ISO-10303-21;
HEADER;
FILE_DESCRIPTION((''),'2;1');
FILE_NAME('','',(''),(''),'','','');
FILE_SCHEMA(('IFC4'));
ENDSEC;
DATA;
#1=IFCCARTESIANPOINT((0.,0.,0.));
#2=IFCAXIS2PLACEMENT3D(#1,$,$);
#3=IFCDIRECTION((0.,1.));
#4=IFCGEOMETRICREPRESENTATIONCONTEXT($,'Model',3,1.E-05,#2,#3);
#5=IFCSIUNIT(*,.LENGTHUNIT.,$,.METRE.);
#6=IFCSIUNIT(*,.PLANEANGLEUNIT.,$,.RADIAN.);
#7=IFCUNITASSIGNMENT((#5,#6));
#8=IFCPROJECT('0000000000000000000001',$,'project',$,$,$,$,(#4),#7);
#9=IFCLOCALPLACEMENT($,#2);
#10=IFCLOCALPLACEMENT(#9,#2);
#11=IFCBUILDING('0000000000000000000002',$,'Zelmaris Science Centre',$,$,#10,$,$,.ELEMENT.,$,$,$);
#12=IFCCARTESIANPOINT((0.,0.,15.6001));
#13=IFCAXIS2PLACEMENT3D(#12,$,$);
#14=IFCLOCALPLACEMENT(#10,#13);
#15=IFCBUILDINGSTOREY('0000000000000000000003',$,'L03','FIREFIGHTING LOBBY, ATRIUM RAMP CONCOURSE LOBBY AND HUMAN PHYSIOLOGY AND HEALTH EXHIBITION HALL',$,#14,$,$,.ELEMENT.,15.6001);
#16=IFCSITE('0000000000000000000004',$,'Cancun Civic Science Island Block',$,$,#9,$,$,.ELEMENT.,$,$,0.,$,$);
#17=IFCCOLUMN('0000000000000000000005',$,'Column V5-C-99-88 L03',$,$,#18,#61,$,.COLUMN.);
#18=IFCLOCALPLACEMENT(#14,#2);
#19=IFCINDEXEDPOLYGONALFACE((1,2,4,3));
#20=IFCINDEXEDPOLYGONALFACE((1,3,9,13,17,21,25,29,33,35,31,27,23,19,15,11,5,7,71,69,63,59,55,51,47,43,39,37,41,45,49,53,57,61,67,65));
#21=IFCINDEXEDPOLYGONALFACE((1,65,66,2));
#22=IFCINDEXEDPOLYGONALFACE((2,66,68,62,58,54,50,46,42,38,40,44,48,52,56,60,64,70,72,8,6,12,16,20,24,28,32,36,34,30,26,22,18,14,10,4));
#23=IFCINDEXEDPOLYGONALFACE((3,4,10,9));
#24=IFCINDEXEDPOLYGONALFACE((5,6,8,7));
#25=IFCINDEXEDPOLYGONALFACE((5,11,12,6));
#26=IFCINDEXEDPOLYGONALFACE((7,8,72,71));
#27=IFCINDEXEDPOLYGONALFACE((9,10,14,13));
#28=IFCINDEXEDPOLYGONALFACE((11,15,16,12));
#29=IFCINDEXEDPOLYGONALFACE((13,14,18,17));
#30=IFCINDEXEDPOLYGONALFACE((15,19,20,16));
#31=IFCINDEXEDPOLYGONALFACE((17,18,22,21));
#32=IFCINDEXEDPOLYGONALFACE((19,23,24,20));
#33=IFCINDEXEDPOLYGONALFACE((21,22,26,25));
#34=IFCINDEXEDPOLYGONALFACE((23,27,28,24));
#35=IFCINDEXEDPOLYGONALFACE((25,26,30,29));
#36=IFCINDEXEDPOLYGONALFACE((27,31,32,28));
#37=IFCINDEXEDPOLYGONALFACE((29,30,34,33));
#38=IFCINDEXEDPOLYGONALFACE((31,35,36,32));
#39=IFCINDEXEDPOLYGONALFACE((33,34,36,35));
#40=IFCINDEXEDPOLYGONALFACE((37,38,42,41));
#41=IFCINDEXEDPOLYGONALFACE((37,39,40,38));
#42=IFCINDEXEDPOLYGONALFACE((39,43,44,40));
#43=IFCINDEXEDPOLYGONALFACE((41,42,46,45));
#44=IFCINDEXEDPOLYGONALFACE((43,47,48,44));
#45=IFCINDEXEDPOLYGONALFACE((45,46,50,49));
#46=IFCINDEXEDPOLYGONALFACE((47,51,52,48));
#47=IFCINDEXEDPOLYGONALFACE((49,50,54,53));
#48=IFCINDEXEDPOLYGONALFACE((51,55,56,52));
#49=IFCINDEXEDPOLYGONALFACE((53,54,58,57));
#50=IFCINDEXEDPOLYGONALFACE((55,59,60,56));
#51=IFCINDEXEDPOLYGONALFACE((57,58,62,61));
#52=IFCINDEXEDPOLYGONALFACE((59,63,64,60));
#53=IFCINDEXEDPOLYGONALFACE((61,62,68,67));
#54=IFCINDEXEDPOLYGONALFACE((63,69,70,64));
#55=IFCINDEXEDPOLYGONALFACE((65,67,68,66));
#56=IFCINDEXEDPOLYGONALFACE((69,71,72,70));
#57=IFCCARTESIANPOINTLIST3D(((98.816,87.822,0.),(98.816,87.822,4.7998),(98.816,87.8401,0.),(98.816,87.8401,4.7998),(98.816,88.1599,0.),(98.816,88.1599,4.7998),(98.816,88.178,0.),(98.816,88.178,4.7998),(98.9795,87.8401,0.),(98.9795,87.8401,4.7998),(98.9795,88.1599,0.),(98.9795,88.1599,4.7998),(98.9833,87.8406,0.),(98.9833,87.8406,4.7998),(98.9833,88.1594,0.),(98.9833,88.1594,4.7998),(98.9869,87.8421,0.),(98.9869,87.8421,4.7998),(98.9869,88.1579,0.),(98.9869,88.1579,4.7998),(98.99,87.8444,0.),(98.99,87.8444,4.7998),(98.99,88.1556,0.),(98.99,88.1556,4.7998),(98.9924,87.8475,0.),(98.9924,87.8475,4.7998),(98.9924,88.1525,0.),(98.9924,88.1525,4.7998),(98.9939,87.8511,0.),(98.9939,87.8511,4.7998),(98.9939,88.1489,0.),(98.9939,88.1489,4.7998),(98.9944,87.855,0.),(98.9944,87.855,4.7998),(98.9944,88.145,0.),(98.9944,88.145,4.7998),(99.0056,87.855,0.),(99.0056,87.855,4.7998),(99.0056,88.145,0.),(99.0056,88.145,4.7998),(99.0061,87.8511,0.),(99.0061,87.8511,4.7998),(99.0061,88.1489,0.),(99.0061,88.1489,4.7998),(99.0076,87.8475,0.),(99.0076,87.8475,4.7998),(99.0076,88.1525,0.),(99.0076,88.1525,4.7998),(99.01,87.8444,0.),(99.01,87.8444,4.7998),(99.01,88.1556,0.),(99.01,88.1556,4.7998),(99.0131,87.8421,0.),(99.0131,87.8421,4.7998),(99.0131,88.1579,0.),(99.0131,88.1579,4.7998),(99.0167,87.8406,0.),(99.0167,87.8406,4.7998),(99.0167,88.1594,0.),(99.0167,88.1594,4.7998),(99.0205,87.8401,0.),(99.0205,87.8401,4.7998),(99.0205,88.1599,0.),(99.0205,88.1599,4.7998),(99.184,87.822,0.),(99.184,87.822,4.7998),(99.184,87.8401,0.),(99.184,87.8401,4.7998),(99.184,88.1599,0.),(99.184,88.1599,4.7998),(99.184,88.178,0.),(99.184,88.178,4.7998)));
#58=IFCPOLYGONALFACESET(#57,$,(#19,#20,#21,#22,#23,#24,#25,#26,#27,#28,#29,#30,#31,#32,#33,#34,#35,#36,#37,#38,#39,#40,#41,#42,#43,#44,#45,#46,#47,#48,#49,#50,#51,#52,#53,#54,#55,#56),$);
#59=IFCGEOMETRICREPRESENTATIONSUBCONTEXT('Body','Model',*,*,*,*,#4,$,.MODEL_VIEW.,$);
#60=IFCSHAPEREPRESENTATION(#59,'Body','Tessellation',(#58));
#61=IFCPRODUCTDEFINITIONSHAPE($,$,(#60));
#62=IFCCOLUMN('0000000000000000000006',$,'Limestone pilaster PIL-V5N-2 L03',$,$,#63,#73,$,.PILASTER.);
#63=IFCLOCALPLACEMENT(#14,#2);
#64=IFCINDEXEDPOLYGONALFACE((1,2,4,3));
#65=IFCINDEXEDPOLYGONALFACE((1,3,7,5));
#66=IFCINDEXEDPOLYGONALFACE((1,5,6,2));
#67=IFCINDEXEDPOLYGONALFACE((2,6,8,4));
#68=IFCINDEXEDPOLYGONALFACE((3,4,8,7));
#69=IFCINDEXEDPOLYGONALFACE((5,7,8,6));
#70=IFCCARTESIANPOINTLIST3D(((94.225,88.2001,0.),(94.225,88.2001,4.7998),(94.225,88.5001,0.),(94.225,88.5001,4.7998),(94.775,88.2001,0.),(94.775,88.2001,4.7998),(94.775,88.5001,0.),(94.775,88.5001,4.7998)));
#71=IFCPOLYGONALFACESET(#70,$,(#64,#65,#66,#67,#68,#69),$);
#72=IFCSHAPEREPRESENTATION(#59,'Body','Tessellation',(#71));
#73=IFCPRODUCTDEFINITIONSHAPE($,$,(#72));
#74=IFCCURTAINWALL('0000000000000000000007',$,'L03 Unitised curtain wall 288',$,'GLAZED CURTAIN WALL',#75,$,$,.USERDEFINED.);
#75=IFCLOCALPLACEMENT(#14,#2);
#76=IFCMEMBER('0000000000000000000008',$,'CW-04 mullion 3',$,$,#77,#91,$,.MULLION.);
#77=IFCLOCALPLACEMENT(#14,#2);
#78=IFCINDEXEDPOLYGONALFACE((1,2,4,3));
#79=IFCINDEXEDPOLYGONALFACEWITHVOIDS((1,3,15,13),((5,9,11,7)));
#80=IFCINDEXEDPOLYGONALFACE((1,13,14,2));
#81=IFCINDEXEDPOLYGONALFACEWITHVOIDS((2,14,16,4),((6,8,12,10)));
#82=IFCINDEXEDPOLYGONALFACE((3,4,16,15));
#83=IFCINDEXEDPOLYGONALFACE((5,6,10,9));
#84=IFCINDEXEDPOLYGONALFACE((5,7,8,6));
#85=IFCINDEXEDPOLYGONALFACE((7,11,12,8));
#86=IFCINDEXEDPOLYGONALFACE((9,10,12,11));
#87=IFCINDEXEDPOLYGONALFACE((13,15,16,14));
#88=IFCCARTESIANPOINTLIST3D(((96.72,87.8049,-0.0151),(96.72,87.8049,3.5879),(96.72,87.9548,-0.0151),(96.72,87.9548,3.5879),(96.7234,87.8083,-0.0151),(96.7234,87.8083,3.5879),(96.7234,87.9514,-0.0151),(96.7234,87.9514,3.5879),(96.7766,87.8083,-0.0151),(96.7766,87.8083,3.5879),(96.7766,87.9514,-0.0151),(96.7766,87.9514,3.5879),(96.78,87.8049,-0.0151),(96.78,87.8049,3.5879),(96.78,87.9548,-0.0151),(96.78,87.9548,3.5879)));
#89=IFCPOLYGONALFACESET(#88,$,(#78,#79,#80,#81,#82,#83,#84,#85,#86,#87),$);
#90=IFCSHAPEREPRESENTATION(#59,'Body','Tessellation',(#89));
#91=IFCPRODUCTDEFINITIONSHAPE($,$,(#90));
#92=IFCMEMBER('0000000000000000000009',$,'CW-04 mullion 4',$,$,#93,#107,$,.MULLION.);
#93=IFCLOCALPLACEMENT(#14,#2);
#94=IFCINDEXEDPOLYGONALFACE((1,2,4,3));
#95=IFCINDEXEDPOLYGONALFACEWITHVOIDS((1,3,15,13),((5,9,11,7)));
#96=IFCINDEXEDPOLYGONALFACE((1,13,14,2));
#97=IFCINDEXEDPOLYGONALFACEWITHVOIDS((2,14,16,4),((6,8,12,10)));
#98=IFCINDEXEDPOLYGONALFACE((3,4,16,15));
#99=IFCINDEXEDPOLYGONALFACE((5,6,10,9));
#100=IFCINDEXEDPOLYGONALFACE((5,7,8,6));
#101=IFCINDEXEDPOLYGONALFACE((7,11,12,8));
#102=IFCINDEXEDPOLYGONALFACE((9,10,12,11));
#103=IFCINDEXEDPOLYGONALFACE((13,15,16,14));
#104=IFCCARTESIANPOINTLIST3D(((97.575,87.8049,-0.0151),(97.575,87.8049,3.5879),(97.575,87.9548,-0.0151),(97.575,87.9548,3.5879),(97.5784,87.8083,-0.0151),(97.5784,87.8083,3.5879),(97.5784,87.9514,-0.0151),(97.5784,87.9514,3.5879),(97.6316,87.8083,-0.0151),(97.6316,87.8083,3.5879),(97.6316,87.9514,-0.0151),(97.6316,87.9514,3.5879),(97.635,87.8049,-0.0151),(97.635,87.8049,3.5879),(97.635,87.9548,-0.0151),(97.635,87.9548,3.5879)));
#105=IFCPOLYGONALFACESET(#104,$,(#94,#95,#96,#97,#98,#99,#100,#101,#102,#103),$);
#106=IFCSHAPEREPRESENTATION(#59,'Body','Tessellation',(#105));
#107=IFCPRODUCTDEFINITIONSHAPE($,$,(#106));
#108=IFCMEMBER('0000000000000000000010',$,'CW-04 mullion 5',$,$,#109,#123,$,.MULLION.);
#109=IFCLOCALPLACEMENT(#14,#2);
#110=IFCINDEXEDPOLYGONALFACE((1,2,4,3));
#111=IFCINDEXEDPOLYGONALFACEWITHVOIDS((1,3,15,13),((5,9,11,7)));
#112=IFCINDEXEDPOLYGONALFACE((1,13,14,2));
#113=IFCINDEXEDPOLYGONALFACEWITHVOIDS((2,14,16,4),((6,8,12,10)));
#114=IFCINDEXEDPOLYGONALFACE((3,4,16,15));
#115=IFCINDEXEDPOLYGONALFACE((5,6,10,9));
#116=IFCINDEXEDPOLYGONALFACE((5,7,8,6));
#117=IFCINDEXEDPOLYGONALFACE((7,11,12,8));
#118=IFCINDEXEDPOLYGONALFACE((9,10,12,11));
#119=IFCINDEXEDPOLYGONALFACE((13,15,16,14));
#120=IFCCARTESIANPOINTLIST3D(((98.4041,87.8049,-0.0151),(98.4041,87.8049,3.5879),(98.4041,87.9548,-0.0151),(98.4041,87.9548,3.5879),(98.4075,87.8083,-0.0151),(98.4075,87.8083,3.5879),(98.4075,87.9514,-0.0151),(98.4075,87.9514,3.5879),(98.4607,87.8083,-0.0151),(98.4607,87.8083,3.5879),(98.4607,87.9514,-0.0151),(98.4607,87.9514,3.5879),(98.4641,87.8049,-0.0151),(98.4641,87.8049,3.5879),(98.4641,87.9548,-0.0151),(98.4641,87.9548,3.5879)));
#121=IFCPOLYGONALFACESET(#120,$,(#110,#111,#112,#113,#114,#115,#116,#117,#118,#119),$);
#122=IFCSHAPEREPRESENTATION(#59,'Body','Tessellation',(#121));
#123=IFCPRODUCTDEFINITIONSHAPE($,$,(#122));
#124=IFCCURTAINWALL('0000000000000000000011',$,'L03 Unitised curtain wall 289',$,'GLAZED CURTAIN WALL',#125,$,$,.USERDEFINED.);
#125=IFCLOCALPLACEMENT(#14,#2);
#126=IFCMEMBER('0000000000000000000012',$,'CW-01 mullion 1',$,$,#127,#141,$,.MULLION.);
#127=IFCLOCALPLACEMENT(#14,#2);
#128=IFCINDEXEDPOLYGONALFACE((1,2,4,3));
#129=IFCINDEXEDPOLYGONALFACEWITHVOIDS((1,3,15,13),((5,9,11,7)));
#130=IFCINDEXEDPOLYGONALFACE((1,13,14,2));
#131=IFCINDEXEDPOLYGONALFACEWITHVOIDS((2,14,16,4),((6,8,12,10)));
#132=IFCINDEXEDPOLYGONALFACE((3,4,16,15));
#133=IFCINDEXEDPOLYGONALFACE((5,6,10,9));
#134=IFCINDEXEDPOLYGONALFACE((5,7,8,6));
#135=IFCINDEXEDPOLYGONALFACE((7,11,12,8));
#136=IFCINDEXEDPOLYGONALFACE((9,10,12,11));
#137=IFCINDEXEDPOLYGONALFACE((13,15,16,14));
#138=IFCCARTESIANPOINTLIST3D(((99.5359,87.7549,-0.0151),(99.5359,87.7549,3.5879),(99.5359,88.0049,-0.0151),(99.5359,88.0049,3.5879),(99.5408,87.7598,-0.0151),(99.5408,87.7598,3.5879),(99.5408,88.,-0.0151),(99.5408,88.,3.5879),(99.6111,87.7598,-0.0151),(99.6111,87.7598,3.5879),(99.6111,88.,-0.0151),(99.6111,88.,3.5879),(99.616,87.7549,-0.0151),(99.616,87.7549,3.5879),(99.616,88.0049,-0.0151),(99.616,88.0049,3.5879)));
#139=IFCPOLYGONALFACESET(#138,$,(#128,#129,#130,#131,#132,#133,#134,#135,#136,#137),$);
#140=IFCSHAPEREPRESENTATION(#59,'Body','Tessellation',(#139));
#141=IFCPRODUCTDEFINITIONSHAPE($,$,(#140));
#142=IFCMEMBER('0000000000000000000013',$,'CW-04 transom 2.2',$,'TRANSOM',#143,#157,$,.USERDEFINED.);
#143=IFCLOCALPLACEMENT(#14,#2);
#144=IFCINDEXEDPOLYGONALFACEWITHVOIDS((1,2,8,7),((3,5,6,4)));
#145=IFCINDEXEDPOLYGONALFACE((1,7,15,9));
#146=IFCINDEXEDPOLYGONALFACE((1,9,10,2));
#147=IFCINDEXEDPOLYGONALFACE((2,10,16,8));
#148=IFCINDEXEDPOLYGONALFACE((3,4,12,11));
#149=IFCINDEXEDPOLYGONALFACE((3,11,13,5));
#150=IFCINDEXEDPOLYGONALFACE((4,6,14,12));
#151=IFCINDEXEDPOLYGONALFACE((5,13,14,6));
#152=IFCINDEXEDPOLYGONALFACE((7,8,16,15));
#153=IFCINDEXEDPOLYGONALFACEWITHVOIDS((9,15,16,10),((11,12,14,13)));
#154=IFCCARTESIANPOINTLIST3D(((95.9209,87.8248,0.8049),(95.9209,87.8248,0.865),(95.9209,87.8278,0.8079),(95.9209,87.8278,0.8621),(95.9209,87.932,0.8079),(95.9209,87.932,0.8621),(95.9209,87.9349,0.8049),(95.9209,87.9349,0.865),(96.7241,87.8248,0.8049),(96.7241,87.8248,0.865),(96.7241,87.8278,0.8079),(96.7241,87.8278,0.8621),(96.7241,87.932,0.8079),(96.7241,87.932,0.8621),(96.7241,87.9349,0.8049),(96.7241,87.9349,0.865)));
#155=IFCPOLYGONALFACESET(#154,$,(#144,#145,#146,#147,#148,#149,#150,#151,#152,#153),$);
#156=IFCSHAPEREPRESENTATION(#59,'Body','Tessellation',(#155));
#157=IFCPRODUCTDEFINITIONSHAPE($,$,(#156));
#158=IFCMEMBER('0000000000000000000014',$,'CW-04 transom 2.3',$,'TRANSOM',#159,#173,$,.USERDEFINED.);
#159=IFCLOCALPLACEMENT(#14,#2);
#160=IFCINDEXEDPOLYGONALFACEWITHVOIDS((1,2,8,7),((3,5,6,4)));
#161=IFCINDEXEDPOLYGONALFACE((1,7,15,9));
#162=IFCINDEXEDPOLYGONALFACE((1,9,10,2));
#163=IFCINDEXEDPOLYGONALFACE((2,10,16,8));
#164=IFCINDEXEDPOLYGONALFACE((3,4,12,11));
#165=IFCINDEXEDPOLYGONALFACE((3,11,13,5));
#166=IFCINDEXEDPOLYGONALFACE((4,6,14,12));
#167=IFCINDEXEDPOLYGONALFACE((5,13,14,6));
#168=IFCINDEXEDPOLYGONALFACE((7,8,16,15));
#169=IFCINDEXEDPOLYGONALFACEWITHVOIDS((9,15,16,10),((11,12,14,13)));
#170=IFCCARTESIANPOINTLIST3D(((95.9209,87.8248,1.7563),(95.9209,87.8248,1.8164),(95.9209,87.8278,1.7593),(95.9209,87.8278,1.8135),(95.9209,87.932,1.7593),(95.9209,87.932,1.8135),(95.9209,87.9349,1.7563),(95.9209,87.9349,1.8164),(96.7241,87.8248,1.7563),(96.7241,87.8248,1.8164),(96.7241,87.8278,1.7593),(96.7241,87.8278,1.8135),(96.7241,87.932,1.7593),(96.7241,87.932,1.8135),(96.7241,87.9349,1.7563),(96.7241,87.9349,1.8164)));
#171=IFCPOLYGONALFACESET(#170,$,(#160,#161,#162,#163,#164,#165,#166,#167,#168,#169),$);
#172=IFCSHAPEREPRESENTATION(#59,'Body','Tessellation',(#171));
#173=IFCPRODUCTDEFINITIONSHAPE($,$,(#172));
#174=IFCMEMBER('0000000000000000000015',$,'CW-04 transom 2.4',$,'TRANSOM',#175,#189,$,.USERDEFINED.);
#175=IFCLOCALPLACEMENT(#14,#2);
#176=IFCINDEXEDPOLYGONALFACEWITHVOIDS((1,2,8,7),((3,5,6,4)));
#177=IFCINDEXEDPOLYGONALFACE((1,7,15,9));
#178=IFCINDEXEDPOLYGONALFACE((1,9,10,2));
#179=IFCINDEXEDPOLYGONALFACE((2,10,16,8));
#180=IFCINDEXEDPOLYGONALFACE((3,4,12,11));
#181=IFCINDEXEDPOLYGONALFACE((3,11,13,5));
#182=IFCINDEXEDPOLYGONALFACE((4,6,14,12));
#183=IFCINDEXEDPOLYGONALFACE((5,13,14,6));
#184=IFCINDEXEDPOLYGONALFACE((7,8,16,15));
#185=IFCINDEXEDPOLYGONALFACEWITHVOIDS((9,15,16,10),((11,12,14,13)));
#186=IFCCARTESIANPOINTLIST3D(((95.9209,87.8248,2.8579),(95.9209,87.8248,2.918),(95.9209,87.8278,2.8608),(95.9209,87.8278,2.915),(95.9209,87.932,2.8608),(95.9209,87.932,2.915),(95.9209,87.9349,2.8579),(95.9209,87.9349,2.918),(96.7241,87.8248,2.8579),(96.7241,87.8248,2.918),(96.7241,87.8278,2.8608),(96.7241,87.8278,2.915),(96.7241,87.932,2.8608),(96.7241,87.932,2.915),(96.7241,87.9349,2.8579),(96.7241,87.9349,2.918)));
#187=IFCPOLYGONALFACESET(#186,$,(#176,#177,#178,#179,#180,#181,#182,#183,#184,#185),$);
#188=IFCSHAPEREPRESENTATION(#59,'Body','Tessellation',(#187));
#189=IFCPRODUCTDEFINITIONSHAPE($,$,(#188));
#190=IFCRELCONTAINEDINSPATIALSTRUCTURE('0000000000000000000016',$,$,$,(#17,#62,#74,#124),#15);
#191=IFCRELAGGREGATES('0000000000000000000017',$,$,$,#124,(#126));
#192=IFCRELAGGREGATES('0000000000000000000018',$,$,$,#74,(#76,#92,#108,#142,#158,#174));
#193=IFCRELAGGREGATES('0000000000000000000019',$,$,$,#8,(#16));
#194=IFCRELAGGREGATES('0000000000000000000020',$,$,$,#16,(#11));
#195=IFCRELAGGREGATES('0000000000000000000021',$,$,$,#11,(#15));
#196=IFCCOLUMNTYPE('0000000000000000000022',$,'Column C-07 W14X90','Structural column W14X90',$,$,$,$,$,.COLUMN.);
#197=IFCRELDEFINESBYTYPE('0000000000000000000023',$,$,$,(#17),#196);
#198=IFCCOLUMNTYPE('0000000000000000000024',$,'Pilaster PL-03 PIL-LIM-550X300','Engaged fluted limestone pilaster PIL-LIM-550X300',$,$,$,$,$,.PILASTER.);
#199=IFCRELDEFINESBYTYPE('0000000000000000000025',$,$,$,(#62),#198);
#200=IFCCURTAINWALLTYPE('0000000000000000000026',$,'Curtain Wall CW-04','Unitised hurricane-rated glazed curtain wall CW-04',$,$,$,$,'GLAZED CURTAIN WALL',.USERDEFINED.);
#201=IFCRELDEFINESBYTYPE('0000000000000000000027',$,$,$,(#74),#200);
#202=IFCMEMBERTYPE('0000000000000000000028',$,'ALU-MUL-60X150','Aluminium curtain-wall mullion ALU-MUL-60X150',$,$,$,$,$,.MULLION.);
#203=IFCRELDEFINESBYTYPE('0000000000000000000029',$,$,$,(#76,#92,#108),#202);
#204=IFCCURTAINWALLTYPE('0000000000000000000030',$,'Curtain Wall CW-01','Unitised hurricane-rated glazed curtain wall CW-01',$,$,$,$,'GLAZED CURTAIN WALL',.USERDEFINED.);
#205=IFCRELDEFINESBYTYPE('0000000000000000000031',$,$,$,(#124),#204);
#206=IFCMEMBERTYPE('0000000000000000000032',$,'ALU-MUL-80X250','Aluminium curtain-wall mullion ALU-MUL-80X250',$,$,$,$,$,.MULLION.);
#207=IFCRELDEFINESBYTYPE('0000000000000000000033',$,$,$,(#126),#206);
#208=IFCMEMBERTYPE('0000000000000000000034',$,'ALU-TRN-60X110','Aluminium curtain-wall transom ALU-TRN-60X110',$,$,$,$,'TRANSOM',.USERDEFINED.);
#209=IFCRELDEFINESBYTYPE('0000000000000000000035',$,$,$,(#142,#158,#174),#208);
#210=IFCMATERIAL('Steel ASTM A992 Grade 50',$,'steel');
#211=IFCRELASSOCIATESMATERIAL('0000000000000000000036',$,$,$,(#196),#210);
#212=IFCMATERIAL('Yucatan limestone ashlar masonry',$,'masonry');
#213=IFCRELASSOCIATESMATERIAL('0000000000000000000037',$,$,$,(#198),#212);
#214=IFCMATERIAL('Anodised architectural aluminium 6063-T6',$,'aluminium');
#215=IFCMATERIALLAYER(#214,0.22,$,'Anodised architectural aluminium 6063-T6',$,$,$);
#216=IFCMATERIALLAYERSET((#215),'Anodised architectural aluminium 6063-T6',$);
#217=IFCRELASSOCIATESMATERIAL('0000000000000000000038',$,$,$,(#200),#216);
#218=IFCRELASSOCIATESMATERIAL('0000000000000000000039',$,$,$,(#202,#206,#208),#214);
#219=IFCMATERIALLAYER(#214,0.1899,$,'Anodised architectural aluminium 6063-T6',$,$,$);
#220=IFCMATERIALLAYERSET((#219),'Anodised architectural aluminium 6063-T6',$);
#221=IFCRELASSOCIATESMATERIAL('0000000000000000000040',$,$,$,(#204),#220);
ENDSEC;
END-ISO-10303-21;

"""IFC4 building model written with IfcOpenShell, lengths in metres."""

from ifc_helpers import new_model, si_unit, direction, frame, origin, origin_2d, place, context, subcontext, project, spatial, rectangle, hollow_rectangle, i_section, extrude, material, layer, layer_set, material_profile, profile_set, type_object, element, aggregate, save


model = new_model("IFC4")

# Units and contexts
model_context = context("Model", 3, precision=1e-05, world=origin(), true_north=direction((0.0, 1.0)))
body_context = subcontext(model_context, "Body", "Model", "MODEL_VIEW")
ifc_project = project(units=[si_unit("LENGTHUNIT", "METRE"), si_unit("PLANEANGLEUNIT", "RADIAN")], contexts=[model_context])

# Site, building, storey
site_placement = place(None, origin())
site = spatial("IfcSite", under=ifc_project, at=site_placement, Name="Cancun Civic Science Island Block", CompositionType="ELEMENT", RefElevation=0.0)
building_placement = place(site_placement, origin())
building = spatial("IfcBuilding", under=site, at=building_placement, Name="Zelmaris Science Centre", CompositionType="ELEMENT")
storey_placement = place(building_placement, frame((0.0, 0.0, 15.6001)))
storey = spatial("IfcBuildingStorey", under=building, at=storey_placement, Name="L03", Description="FIREFIGHTING LOBBY, ATRIUM RAMP CONCOURSE LOBBY AND HUMAN PHYSIOLOGY AND HEALTH EXHIBITION HALL", CompositionType="ELEMENT", Elevation=15.6001)

# Columns
ifc_material_1 = material(Name="Steel ASTM A992 Grade 50", Category="steel")
ifc_material_profile_1 = material_profile(ifc_material_1, i_section(OverallWidth=0.3679, OverallDepth=0.356, WebThickness=0.0112, FlangeThickness=0.0181, FilletRadius=0.0149, at=origin_2d()), Name="W14X90")
ifc_profile_set_1 = profile_set([ifc_material_profile_1], Name="Steel ASTM A992 Grade 50")
column_type_1 = type_object("IfcColumnType", Name="Column C-07 W14X90", Description="Structural column W14X90", PredefinedType="COLUMN", material=ifc_profile_set_1)
column_1_placement = place(storey_placement, frame((99.0, 88.0, 0.0), z_axis=(0.0, 0.0, 1.0), x_axis=(1.0, 0.0, 0.0)))
element("IfcColumn", 1, at=column_1_placement, inside=storey, type_object=column_type_1, Name="Column V5-C-99-88 L03", PredefinedType="COLUMN", context=body_context, shape_type="SweptSolid", body=[
    extrude(i_section(OverallWidth=0.3679, OverallDepth=0.356, WebThickness=0.0112, FlangeThickness=0.0181, FilletRadius=0.0149, at=origin_2d()), origin(), (0.0, 0.0, 1.0), 4.7998),
])
ifc_material_2 = material(Name="Yucatan limestone ashlar masonry", Category="masonry")
ifc_material_profile_2 = material_profile(ifc_material_2, rectangle(XDim=0.55, YDim=0.3, at=origin_2d()), Name="PIL-LIM-550X300")
ifc_profile_set_2 = profile_set([ifc_material_profile_2], Name="Yucatan limestone ashlar masonry")
column_type_2 = type_object("IfcColumnType", Name="Pilaster PL-03 PIL-LIM-550X300", Description="Engaged fluted limestone pilaster PIL-LIM-550X300", PredefinedType="PILASTER", material=ifc_profile_set_2)
column_2_placement = place(storey_placement, frame((94.5, 88.3501, 0.0), z_axis=(0.0, 0.0, 1.0), x_axis=(1.0, 0.0, 0.0)))
element("IfcColumn", 2, at=column_2_placement, inside=storey, type_object=column_type_2, Name="Limestone pilaster PIL-V5N-2 L03", PredefinedType="PILASTER", context=body_context, shape_type="SweptSolid", body=[
    extrude(rectangle(XDim=0.55, YDim=0.3, at=origin_2d()), origin(), (0.0, 0.0, 1.0), 4.7998),
])

# Curtain wall, members
ifc_material_3 = material(Name="Anodised architectural aluminium 6063-T6", Category="aluminium")
ifc_layer_1 = layer(ifc_material_3, 0.22, Name="Anodised architectural aluminium 6063-T6")
ifc_layer_set_1 = layer_set([ifc_layer_1], Name="Anodised architectural aluminium 6063-T6")
curtain_wall_type_1 = type_object("IfcCurtainWallType", Name="Curtain Wall CW-04", Description="Unitised hurricane-rated glazed curtain wall CW-04", ElementType="GLAZED CURTAIN WALL", PredefinedType="USERDEFINED", material=ifc_layer_set_1)
curtain_wall_1_placement = place(storey_placement, origin())
curtain_wall_1 = element("IfcCurtainWall", 3, at=curtain_wall_1_placement, inside=storey, type_object=curtain_wall_type_1, Name="L03 Unitised curtain wall 288", ObjectType="GLAZED CURTAIN WALL", PredefinedType="USERDEFINED")
ifc_material_profile_3 = material_profile(ifc_material_3, hollow_rectangle(XDim=0.0601, YDim=0.1499, WallThickness=0.0034, at=origin_2d()), Name="ALU-MUL-60X150")
ifc_profile_set_3 = profile_set([ifc_material_profile_3], Name="Anodised architectural aluminium 6063-T6")
member_type_1 = type_object("IfcMemberType", Name="ALU-MUL-60X150", Description="Aluminium curtain-wall mullion ALU-MUL-60X150", PredefinedType="MULLION", material=ifc_profile_set_3)
member_1_placement = place(storey_placement, frame((96.75, 87.8799, -0.0151), z_axis=(0.0, 0.0, 1.0), x_axis=(1.0, 0.0, 0.0)))
member_1 = element("IfcMember", 4, at=member_1_placement, type_object=member_type_1, Name="CW-04 mullion 3", PredefinedType="MULLION", context=body_context, shape_type="SweptSolid", body=[
    extrude(hollow_rectangle(XDim=0.0601, YDim=0.1499, WallThickness=0.0034, at=origin_2d()), origin(), (0.0, 0.0, 1.0), 3.603),
])
member_2_placement = place(storey_placement, frame((97.605, 87.8799, -0.0151), z_axis=(0.0, 0.0, 1.0), x_axis=(1.0, 0.0, 0.0)))
member_2 = element("IfcMember", 5, at=member_2_placement, type_object=member_type_1, Name="CW-04 mullion 4", PredefinedType="MULLION", context=body_context, shape_type="SweptSolid", body=[
    extrude(hollow_rectangle(XDim=0.0601, YDim=0.1499, WallThickness=0.0034, at=origin_2d()), origin(), (0.0, 0.0, 1.0), 3.603),
])
member_3_placement = place(storey_placement, frame((98.4341, 87.8799, -0.0151), z_axis=(0.0, 0.0, 1.0), x_axis=(1.0, 0.0, 0.0)))
member_3 = element("IfcMember", 6, at=member_3_placement, type_object=member_type_1, Name="CW-04 mullion 5", PredefinedType="MULLION", context=body_context, shape_type="SweptSolid", body=[
    extrude(hollow_rectangle(XDim=0.0601, YDim=0.1499, WallThickness=0.0034, at=origin_2d()), origin(), (0.0, 0.0, 1.0), 3.603),
])

# Curtain wall, member
ifc_layer_2 = layer(ifc_material_3, 0.1899, Name="Anodised architectural aluminium 6063-T6")
ifc_layer_set_2 = layer_set([ifc_layer_2], Name="Anodised architectural aluminium 6063-T6")
curtain_wall_type_2 = type_object("IfcCurtainWallType", Name="Curtain Wall CW-01", Description="Unitised hurricane-rated glazed curtain wall CW-01", ElementType="GLAZED CURTAIN WALL", PredefinedType="USERDEFINED", material=ifc_layer_set_2)
curtain_wall_2_placement = place(storey_placement, origin())
curtain_wall_2 = element("IfcCurtainWall", 7, at=curtain_wall_2_placement, inside=storey, type_object=curtain_wall_type_2, Name="L03 Unitised curtain wall 289", ObjectType="GLAZED CURTAIN WALL", PredefinedType="USERDEFINED")
ifc_material_profile_4 = material_profile(ifc_material_3, hollow_rectangle(XDim=0.0801, YDim=0.25, WallThickness=0.0049, at=origin_2d()), Name="ALU-MUL-80X250")
ifc_profile_set_4 = profile_set([ifc_material_profile_4], Name="Anodised architectural aluminium 6063-T6")
member_type_2 = type_object("IfcMemberType", Name="ALU-MUL-80X250", Description="Aluminium curtain-wall mullion ALU-MUL-80X250", PredefinedType="MULLION", material=ifc_profile_set_4)
member_4_placement = place(storey_placement, frame((99.5759, 87.8799, -0.0151), z_axis=(0.0, 0.0, 1.0), x_axis=(1.0, 0.0, 0.0)))
member_4 = element("IfcMember", 8, at=member_4_placement, type_object=member_type_2, Name="CW-01 mullion 1", PredefinedType="MULLION", context=body_context, shape_type="SweptSolid", body=[
    extrude(hollow_rectangle(XDim=0.0801, YDim=0.25, WallThickness=0.0049, at=origin_2d()), origin(), (0.0, 0.0, 1.0), 3.603),
])

# Members
ifc_material_profile_5 = material_profile(ifc_material_3, hollow_rectangle(XDim=0.0601, YDim=0.1101, WallThickness=0.0029, at=origin_2d()), Name="ALU-TRN-60X110")
ifc_profile_set_5 = profile_set([ifc_material_profile_5], Name="Anodised architectural aluminium 6063-T6")
member_type_3 = type_object("IfcMemberType", Name="ALU-TRN-60X110", Description="Aluminium curtain-wall transom ALU-TRN-60X110", ElementType="TRANSOM", PredefinedType="USERDEFINED", material=ifc_profile_set_5)
member_5_placement = place(storey_placement, frame((95.9209, 87.8799, 0.835), z_axis=(1.0, 0.0, 0.0), x_axis=(0.0, 0.0, 1.0)))
member_5 = element("IfcMember", 9, at=member_5_placement, type_object=member_type_3, Name="CW-04 transom 2.2", ObjectType="TRANSOM", PredefinedType="USERDEFINED", context=body_context, shape_type="SweptSolid", body=[
    extrude(hollow_rectangle(XDim=0.0601, YDim=0.1101, WallThickness=0.0029, at=origin_2d()), origin(), (0.0, 0.0, 1.0), 0.8032),
])
member_6_placement = place(storey_placement, frame((95.9209, 87.8799, 1.7864), z_axis=(1.0, 0.0, 0.0), x_axis=(0.0, 0.0, 1.0)))
member_6 = element("IfcMember", 10, at=member_6_placement, type_object=member_type_3, Name="CW-04 transom 2.3", ObjectType="TRANSOM", PredefinedType="USERDEFINED", context=body_context, shape_type="SweptSolid", body=[
    extrude(hollow_rectangle(XDim=0.0601, YDim=0.1101, WallThickness=0.0029, at=origin_2d()), origin(), (0.0, 0.0, 1.0), 0.8032),
])
member_7_placement = place(storey_placement, frame((95.9209, 87.8799, 2.8879), z_axis=(1.0, 0.0, 0.0), x_axis=(0.0, 0.0, 1.0)))
member_7 = element("IfcMember", 11, at=member_7_placement, type_object=member_type_3, Name="CW-04 transom 2.4", ObjectType="TRANSOM", PredefinedType="USERDEFINED", context=body_context, shape_type="SweptSolid", body=[
    extrude(hollow_rectangle(XDim=0.0601, YDim=0.1101, WallThickness=0.0029, at=origin_2d()), origin(), (0.0, 0.0, 1.0), 0.8032),
])
aggregate(curtain_wall_2, [member_4])

aggregate(curtain_wall_1, [member_1, member_2, member_3, member_5, member_6, member_7])

save(model, "model.ifc")
